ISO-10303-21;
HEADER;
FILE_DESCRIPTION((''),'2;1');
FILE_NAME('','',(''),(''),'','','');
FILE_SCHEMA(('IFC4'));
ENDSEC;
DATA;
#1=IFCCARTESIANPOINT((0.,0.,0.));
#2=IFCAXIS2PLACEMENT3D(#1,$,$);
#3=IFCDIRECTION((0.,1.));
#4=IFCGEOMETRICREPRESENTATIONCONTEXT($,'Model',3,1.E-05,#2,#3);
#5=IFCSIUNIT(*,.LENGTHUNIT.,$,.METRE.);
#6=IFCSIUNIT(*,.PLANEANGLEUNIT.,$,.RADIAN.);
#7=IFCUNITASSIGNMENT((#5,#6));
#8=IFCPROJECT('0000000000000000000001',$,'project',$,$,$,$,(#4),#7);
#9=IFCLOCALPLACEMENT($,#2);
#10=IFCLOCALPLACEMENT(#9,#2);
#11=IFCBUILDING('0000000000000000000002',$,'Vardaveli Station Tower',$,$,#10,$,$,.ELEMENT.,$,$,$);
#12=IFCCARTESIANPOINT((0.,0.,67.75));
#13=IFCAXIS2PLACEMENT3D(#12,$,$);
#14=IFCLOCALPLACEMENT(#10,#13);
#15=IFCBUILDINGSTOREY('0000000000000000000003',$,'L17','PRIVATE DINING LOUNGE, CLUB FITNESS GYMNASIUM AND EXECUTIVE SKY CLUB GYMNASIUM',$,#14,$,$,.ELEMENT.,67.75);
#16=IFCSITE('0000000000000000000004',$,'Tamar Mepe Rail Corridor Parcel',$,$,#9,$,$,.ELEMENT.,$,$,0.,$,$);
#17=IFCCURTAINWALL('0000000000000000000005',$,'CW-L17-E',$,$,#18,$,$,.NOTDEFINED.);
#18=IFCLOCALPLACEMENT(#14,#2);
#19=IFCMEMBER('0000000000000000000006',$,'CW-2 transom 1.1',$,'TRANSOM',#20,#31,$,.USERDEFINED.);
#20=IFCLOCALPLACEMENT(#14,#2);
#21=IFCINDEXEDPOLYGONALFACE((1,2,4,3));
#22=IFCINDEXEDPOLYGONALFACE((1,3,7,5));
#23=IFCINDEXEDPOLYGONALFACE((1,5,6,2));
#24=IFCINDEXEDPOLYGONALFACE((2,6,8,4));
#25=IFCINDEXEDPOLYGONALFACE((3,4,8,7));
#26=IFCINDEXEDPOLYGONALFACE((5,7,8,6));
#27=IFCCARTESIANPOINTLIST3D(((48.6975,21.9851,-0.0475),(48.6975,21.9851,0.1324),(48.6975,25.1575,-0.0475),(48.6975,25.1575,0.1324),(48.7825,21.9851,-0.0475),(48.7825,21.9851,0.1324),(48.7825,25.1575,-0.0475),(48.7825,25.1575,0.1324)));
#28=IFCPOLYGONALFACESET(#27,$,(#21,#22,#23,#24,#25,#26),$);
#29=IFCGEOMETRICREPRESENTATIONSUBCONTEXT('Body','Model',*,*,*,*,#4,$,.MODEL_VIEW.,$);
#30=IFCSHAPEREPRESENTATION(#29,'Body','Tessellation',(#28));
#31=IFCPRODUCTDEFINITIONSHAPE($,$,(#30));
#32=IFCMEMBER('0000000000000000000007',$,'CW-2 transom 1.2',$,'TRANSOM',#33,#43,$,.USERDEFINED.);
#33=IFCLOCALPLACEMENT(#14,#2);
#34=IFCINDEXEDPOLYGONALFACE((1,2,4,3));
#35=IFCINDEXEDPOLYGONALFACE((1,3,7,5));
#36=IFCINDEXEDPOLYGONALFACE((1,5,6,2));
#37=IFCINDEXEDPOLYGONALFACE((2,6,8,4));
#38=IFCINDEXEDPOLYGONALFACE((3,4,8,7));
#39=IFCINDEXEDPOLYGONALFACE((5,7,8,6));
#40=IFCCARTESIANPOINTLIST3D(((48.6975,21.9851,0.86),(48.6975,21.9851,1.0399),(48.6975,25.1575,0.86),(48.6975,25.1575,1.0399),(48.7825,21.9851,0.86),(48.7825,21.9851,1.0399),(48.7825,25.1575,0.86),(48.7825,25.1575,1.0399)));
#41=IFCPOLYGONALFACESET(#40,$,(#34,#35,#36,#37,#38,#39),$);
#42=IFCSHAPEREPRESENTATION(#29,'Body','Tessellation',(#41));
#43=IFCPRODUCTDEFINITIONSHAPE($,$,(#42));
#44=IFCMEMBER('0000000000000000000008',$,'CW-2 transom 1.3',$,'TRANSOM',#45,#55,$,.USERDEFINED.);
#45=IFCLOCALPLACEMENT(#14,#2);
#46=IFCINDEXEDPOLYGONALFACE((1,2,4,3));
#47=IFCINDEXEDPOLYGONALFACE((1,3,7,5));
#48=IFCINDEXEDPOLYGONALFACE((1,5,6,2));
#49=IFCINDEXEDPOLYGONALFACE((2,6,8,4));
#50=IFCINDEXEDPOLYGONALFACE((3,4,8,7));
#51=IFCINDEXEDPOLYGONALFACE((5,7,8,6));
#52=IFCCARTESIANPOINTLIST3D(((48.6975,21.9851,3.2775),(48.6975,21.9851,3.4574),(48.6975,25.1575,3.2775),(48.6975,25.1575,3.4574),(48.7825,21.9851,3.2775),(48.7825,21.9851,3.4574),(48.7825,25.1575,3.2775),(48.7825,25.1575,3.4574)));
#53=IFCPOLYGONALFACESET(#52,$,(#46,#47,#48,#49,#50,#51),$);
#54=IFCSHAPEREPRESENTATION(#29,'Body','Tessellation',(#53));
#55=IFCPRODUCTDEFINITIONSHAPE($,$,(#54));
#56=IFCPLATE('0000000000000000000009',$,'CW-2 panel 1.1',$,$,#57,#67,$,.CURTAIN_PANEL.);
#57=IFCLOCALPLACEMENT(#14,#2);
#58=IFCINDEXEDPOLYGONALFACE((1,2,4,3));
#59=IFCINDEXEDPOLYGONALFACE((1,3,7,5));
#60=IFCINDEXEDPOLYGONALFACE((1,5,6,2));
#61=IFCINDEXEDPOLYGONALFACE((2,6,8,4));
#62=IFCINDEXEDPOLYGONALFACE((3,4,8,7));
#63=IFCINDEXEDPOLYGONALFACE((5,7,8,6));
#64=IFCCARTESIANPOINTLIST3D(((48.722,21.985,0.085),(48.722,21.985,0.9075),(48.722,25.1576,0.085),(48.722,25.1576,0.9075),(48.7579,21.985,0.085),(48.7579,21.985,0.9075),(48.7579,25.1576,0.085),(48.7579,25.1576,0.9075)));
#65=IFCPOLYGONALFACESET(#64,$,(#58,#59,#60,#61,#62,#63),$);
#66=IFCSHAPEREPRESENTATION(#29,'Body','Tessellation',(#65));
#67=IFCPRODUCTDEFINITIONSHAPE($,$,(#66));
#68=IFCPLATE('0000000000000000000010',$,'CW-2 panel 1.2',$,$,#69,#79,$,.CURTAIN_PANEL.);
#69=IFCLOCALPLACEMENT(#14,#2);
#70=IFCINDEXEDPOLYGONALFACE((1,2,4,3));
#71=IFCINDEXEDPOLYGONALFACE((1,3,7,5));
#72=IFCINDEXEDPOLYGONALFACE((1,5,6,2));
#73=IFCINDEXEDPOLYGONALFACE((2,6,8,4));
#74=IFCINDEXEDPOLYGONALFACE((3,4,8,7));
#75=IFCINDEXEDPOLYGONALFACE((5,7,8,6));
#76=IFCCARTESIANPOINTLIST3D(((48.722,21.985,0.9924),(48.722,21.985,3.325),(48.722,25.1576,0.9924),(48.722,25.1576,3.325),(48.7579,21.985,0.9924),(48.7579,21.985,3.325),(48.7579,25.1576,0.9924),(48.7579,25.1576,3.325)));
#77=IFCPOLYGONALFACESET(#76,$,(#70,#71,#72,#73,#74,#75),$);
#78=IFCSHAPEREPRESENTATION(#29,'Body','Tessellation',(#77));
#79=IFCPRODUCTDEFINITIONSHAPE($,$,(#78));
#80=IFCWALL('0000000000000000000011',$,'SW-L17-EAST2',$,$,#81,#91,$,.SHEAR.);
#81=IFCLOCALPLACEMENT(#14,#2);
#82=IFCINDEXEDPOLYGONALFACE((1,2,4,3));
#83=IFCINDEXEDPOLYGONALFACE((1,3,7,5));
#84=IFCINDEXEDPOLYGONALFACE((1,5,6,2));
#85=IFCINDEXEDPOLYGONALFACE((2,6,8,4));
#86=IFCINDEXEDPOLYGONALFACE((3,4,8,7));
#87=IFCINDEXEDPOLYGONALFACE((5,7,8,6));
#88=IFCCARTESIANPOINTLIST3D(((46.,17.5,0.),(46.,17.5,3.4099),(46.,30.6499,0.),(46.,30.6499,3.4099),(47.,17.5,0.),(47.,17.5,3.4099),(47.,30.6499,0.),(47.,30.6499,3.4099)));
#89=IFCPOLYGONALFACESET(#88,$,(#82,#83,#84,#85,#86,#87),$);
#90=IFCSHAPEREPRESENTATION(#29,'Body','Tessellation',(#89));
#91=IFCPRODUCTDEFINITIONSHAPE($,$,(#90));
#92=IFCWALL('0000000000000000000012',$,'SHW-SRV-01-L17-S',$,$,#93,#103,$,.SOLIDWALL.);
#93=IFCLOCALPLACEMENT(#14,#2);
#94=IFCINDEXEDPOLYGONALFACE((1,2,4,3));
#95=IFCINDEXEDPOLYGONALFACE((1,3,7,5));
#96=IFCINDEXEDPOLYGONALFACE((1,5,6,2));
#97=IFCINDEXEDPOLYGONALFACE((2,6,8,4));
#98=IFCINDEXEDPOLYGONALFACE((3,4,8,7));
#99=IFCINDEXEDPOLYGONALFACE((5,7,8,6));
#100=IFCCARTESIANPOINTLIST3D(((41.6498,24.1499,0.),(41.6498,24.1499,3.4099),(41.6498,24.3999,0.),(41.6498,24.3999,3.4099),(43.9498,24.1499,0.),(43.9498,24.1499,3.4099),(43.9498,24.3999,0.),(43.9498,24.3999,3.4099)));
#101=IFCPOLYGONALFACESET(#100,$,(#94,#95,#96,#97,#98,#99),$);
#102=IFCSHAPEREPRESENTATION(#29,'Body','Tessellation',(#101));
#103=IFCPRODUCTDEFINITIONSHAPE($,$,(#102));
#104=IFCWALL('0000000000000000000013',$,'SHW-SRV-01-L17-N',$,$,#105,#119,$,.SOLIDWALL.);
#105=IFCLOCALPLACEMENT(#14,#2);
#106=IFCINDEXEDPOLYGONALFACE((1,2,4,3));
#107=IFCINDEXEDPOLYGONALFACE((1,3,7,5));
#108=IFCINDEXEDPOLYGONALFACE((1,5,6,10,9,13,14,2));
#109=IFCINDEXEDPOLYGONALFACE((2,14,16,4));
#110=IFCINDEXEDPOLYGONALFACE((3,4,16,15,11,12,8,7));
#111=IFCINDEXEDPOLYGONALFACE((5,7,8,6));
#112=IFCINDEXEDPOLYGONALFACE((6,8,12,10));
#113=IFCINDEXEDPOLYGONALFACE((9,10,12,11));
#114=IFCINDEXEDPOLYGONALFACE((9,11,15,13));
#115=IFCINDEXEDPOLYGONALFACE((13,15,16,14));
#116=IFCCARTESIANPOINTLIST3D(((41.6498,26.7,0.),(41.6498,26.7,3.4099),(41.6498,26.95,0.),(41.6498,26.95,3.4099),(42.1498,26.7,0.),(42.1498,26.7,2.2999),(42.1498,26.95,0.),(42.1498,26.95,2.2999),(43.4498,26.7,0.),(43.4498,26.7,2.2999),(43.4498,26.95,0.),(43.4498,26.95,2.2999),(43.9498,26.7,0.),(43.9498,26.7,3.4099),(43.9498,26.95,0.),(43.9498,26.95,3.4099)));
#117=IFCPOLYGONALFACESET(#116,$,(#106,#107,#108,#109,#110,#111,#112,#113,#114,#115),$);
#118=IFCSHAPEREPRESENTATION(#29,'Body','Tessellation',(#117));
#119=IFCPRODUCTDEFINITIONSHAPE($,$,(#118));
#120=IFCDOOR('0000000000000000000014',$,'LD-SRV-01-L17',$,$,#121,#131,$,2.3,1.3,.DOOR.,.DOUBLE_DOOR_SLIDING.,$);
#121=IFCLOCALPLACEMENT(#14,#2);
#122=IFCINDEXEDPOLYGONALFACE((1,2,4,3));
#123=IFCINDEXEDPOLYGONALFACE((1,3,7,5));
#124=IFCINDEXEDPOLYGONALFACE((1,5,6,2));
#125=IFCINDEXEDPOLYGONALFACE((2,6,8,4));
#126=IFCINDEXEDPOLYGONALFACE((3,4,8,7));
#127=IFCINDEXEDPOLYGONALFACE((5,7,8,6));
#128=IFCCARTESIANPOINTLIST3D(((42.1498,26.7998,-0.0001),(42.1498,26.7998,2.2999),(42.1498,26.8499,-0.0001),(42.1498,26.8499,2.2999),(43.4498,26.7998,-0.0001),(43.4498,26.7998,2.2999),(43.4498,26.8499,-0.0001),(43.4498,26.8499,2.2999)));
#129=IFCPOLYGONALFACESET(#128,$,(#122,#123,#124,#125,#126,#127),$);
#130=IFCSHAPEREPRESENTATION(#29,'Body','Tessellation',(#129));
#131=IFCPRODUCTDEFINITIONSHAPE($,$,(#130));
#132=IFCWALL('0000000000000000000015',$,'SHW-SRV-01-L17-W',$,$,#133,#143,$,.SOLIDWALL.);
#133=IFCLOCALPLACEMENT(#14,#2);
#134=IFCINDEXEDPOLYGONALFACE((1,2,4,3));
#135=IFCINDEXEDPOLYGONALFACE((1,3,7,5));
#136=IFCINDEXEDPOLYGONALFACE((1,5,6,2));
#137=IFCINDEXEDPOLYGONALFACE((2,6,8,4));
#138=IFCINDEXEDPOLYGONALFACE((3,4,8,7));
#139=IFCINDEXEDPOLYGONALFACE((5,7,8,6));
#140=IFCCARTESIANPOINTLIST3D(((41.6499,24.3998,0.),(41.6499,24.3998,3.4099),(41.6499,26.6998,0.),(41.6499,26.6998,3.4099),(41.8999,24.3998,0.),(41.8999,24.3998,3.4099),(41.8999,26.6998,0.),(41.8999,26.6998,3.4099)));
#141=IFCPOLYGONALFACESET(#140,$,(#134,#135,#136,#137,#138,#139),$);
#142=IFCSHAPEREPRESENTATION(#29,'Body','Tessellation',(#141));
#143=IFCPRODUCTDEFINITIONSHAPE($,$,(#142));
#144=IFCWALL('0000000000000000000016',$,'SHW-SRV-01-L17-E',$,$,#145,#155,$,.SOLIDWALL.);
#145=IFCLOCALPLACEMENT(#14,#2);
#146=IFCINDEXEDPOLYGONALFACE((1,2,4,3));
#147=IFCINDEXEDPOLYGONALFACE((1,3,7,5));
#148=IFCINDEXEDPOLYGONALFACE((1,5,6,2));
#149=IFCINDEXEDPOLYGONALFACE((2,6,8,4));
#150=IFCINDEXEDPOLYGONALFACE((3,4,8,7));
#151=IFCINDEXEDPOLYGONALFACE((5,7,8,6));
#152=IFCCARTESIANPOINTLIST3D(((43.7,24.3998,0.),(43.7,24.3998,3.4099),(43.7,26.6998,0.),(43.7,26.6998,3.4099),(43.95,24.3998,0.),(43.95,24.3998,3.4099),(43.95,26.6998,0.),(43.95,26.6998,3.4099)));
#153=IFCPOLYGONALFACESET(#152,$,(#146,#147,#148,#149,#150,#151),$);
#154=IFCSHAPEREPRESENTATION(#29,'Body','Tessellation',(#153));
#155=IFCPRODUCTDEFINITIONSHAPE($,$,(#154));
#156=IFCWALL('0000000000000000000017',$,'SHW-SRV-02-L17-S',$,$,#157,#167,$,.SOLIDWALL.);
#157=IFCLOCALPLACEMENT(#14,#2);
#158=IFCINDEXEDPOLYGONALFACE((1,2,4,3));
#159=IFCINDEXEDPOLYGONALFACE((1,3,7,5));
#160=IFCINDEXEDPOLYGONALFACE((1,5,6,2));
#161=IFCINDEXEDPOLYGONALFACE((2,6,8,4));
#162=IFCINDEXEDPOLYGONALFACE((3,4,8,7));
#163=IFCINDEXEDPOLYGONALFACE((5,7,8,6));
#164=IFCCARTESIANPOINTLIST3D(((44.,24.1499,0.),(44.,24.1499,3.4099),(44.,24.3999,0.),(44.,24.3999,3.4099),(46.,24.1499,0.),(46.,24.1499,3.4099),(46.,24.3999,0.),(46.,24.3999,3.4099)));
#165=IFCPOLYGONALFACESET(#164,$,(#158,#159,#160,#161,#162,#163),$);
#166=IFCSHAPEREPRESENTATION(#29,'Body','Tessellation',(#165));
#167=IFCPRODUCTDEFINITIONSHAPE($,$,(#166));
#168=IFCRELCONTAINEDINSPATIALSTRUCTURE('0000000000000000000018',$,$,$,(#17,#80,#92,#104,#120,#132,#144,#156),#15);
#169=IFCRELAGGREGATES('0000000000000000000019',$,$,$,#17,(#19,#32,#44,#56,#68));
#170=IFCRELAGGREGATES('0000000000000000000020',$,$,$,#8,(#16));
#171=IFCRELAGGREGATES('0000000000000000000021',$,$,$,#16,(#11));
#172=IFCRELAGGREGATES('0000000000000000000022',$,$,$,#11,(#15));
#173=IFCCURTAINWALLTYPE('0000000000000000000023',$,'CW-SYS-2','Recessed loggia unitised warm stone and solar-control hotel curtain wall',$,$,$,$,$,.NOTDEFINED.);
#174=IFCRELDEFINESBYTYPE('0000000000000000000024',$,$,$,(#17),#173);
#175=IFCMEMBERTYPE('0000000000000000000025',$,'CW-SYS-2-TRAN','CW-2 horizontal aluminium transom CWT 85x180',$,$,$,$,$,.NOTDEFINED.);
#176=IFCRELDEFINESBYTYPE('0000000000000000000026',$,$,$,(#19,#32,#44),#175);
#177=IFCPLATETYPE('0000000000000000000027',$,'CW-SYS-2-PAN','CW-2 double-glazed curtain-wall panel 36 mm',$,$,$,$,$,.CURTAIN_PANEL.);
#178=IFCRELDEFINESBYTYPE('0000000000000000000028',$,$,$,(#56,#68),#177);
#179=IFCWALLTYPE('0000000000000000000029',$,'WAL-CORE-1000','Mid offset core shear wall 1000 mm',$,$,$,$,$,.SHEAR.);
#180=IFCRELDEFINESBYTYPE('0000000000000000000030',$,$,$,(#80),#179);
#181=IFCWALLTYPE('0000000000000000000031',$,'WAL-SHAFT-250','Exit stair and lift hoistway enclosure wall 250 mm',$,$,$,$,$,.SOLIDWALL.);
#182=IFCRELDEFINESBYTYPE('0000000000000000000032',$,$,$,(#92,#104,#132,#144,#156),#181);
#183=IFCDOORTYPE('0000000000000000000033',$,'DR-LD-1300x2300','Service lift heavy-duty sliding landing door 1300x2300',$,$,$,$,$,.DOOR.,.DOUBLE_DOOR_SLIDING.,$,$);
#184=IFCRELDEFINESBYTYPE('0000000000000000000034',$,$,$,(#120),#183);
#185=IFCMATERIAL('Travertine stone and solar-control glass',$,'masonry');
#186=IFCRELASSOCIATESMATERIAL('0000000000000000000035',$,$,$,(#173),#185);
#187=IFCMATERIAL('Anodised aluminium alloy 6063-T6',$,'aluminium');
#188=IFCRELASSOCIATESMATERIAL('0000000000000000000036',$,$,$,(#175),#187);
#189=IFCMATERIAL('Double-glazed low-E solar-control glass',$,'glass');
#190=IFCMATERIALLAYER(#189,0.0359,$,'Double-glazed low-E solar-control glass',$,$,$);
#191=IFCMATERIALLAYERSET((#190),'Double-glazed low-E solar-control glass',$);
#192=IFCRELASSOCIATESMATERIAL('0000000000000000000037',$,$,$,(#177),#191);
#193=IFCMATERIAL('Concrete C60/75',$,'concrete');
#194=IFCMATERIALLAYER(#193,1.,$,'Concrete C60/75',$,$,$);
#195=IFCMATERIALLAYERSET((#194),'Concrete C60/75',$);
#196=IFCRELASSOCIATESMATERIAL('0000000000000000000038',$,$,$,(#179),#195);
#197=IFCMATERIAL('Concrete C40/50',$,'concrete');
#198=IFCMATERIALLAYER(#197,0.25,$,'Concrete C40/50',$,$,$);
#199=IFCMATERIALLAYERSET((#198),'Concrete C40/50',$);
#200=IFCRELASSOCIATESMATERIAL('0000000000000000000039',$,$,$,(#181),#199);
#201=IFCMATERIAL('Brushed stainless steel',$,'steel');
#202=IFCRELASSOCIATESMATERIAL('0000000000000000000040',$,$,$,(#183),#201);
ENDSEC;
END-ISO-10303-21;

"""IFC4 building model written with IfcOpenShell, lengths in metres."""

from ifc_helpers import new_model, si_unit, direction, frame, frame_2d, origin, origin_2d, place, context, subcontext, project, spatial, rectangle, extrude, source, transform, mapped, material, layer, layer_set, material_profile, profile_set, type_object, element, fill, aggregate, save


model = new_model("IFC4")

# Units and contexts
model_context = context("Model", 3, precision=1e-05, world=origin(), true_north=direction((0.0, 1.0)))
body_context = subcontext(model_context, "Body", "Model", "MODEL_VIEW")
ifc_project = project(units=[si_unit("LENGTHUNIT", "METRE"), si_unit("PLANEANGLEUNIT", "RADIAN")], contexts=[model_context])

# Site, building, storey
site_placement = place(None, origin())
site = spatial("IfcSite", under=ifc_project, at=site_placement, Name="Tamar Mepe Rail Corridor Parcel", CompositionType="ELEMENT", RefElevation=0.0)
building_placement = place(site_placement, origin())
building = spatial("IfcBuilding", under=site, at=building_placement, Name="Vardaveli Station Tower", CompositionType="ELEMENT")
storey_placement = place(building_placement, frame((0.0, 0.0, 67.75)))
storey = spatial("IfcBuildingStorey", under=building, at=storey_placement, Name="L17", Description="PRIVATE DINING LOUNGE, CLUB FITNESS GYMNASIUM AND EXECUTIVE SKY CLUB GYMNASIUM", CompositionType="ELEMENT", Elevation=67.75)

# Curtain wall, members, plates
ifc_material_1 = material(Name="Travertine stone and solar-control glass", Category="masonry")
curtain_wall_type = type_object("IfcCurtainWallType", Name="CW-SYS-2", Description="Recessed loggia unitised warm stone and solar-control hotel curtain wall", PredefinedType="NOTDEFINED", material=ifc_material_1)
curtain_wall_placement = place(storey_placement, origin())
curtain_wall = element("IfcCurtainWall", 1, at=curtain_wall_placement, inside=storey, type_object=curtain_wall_type, Name="CW-L17-E", PredefinedType="NOTDEFINED")
ifc_material_2 = material(Name="Anodised aluminium alloy 6063-T6", Category="aluminium")
ifc_material_profile_1 = material_profile(ifc_material_2, rectangle(XDim=0.085, YDim=0.1799, at=origin_2d()), Name="CWT 85x180")
ifc_profile_set_1 = profile_set([ifc_material_profile_1], Name="Anodised aluminium alloy 6063-T6")
member_type_1 = type_object("IfcMemberType", Name="CW-SYS-2-TRAN", Description="CW-2 horizontal aluminium transom CWT 85x180", PredefinedType="NOTDEFINED", material=ifc_profile_set_1)
shared_shape_1 = source(origin(), body_context, "Body", "SweptSolid", [
    extrude(rectangle(XDim=0.085, YDim=0.1799, at=origin_2d()), origin(), (0.0, 0.0, 1.0), 3.1724),
])
member_1_placement = place(storey_placement, frame((48.74, 21.9851, 0.0425), z_axis=(0.0, 1.0, 0.0), x_axis=(-1.0, 0.0, 0.0)))
member_1 = element("IfcMember", 2, at=member_1_placement, type_object=member_type_1, Name="CW-2 transom 1.1", ObjectType="TRANSOM", PredefinedType="USERDEFINED", context=body_context, shape_type="MappedRepresentation", body=[
    mapped(shared_shape_1, transform((0.0, 0.0, 0.0), scale=1.0)),
])
member_2_placement = place(storey_placement, frame((48.74, 21.9851, 0.95), z_axis=(0.0, 1.0, 0.0), x_axis=(-1.0, 0.0, 0.0)))
member_2 = element("IfcMember", 3, at=member_2_placement, type_object=member_type_1, Name="CW-2 transom 1.2", ObjectType="TRANSOM", PredefinedType="USERDEFINED", context=body_context, shape_type="MappedRepresentation", body=[
    mapped(shared_shape_1, transform((0.0, 0.0, 0.0), scale=1.0)),
])
member_3_placement = place(storey_placement, frame((48.74, 21.9851, 3.3674), z_axis=(0.0, 1.0, 0.0), x_axis=(-1.0, 0.0, 0.0)))
member_3 = element("IfcMember", 4, at=member_3_placement, type_object=member_type_1, Name="CW-2 transom 1.3", ObjectType="TRANSOM", PredefinedType="USERDEFINED", context=body_context, shape_type="MappedRepresentation", body=[
    mapped(shared_shape_1, transform((0.0, 0.0, 0.0), scale=1.0)),
])
ifc_material_3 = material(Name="Double-glazed low-E solar-control glass", Category="glass")
ifc_layer_1 = layer(ifc_material_3, 0.0359, Name="Double-glazed low-E solar-control glass")
ifc_layer_set_1 = layer_set([ifc_layer_1], Name="Double-glazed low-E solar-control glass")
plate_type = type_object("IfcPlateType", Name="CW-SYS-2-PAN", Description="CW-2 double-glazed curtain-wall panel 36 mm", PredefinedType="CURTAIN_PANEL", material=ifc_layer_set_1)
shared_shape_2 = source(origin(), body_context, "Body", "SweptSolid", [
    extrude(rectangle(XDim=3.1726, YDim=0.0359, at=origin_2d()), origin(), (0.0, 0.0, 1.0), 0.8225),
])
plate_1_placement = place(storey_placement, frame((48.74, 23.5713, 0.085), z_axis=(0.0, 0.0, 1.0), x_axis=(0.0, 1.0, 0.0)))
plate_1 = element("IfcPlate", 5, at=plate_1_placement, type_object=plate_type, Name="CW-2 panel 1.1", PredefinedType="CURTAIN_PANEL", context=body_context, shape_type="MappedRepresentation", body=[
    mapped(shared_shape_2, transform((0.0, 0.0, 0.0), scale=1.0)),
])
shared_shape_3 = source(origin(), body_context, "Body", "SweptSolid", [
    extrude(rectangle(XDim=3.1726, YDim=0.0359, at=origin_2d()), origin(), (0.0, 0.0, 1.0), 2.3325),
])
plate_2_placement = place(storey_placement, frame((48.74, 23.5713, 0.9924), z_axis=(0.0, 0.0, 1.0), x_axis=(0.0, 1.0, 0.0)))
plate_2 = element("IfcPlate", 6, at=plate_2_placement, type_object=plate_type, Name="CW-2 panel 1.2", PredefinedType="CURTAIN_PANEL", context=body_context, shape_type="MappedRepresentation", body=[
    mapped(shared_shape_3, transform((0.0, 0.0, 0.0), scale=1.0)),
])
aggregate(curtain_wall, [member_1, member_2, member_3, plate_1, plate_2])

# Walls
ifc_material_4 = material(Name="Concrete C60/75", Category="concrete")
ifc_layer_2 = layer(ifc_material_4, 1.0, Name="Concrete C60/75")
ifc_layer_set_2 = layer_set([ifc_layer_2], Name="Concrete C60/75")
wall_type_1 = type_object("IfcWallType", Name="WAL-CORE-1000", Description="Mid offset core shear wall 1000 mm", PredefinedType="SHEAR", material=ifc_layer_set_2)
shared_shape_4 = source(origin(), body_context, "Body", "SweptSolid", [
    extrude(rectangle(XDim=13.1499, YDim=1.0, at=frame_2d((6.575, 0.0))), origin(), (0.0, 0.0, 1.0), 3.4099),
])
wall_1_placement = place(storey_placement, frame((46.5, 17.5, 0.0), z_axis=(0.0, 0.0, 1.0), x_axis=(0.0, 1.0, 0.0)))
element("IfcWall", 7, at=wall_1_placement, inside=storey, type_object=wall_type_1, Name="SW-L17-EAST2", PredefinedType="SHEAR", context=body_context, shape_type="MappedRepresentation", body=[
    mapped(shared_shape_4, transform((0.0, 0.0, 0.0), scale=1.0)),
])
ifc_material_5 = material(Name="Concrete C40/50", Category="concrete")
ifc_layer_3 = layer(ifc_material_5, 0.25, Name="Concrete C40/50")
ifc_layer_set_3 = layer_set([ifc_layer_3], Name="Concrete C40/50")
wall_type_2 = type_object("IfcWallType", Name="WAL-SHAFT-250", Description="Exit stair and lift hoistway enclosure wall 250 mm", PredefinedType="SOLIDWALL", material=ifc_layer_set_3)
shared_shape_5 = source(origin(), body_context, "Body", "SweptSolid", [
    extrude(rectangle(XDim=2.3, YDim=0.25, at=frame_2d((1.1499, 0.0))), origin(), (0.0, 0.0, 1.0), 3.4099),
])
wall_2_placement = place(storey_placement, frame((41.6499, 24.2749, 0.0), z_axis=(0.0, 0.0, 1.0), x_axis=(1.0, 0.0, 0.0)))
element("IfcWall", 8, at=wall_2_placement, inside=storey, type_object=wall_type_2, Name="SHW-SRV-01-L17-S", PredefinedType="SOLIDWALL", context=body_context, shape_type="MappedRepresentation", body=[
    mapped(shared_shape_5, transform((0.0, 0.0, 0.0), scale=1.0)),
])

# Wall, opening, door
wall_3_placement = place(storey_placement, frame((41.6499, 26.825, 0.0), z_axis=(0.0, 0.0, 1.0), x_axis=(1.0, 0.0, 0.0)))
wall_3 = element("IfcWall", 9, at=wall_3_placement, inside=storey, type_object=wall_type_2, Name="SHW-SRV-01-L17-N", PredefinedType="SOLIDWALL", context=body_context, shape_type="MappedRepresentation", body=[
    mapped(shared_shape_5, transform((0.0, 0.0, 0.0), scale=1.0)),
])
shared_shape_6 = source(origin(), body_context, "Body", "SweptSolid", [
    extrude(rectangle(XDim=1.3, YDim=2.3, at=frame_2d((0.6499, 1.1499))), frame((0.0, 0.135, 0.0), z_axis=(0.0, -1.0, 0.0), x_axis=(1.0, 0.0, 0.0)), (0.0, 0.0, 1.0), 0.27),
])
opening_1_placement = place(wall_3_placement, frame((0.5, 0.0, 0.0)))
opening_1 = element("IfcOpeningElement", 10, at=opening_1_placement, cuts=wall_3, PredefinedType="OPENING", context=body_context, shape_type="MappedRepresentation", body=[
    mapped(shared_shape_6, transform((0.0, 0.0, 0.0), scale=1.0)),
])
ifc_material_6 = material(Name="Brushed stainless steel", Category="steel")
door_type = type_object("IfcDoorType", Name="DR-LD-1300x2300", Description="Service lift heavy-duty sliding landing door 1300x2300", OperationType="DOUBLE_DOOR_SLIDING", PredefinedType="DOOR", material=ifc_material_6)
shared_shape_7 = source(origin(), body_context, "Body", "SweptSolid", [
    extrude(rectangle(XDim=1.3, YDim=2.3, at=frame_2d((0.6499, 1.1499))), frame((0.0, 0.0249, 0.0), z_axis=(0.0, -1.0, 0.0), x_axis=(1.0, 0.0, 0.0)), (0.0, 0.0, 1.0), 0.05),
])
door_1_placement = place(opening_1_placement, origin())
door_1 = element("IfcDoor", 11, at=door_1_placement, inside=storey, type_object=door_type, Name="LD-SRV-01-L17", OperationType="DOUBLE_DOOR_SLIDING", OverallHeight=2.3, OverallWidth=1.3, PredefinedType="DOOR", context=body_context, shape_type="MappedRepresentation", body=[
    mapped(shared_shape_7, transform((0.0, 0.0, 0.0), scale=1.0)),
])
fill(opening_1, door_1)

# Walls
for number, where, z_axis, x_axis, name in (
    (12, (41.7749, 24.3999, 0.0), (0.0, 0.0, 1.0), (0.0, 1.0, 0.0), "SHW-SRV-01-L17-W"),
    (13, (43.825, 24.3999, 0.0), (0.0, 0.0, 1.0), (0.0, 1.0, 0.0), "SHW-SRV-01-L17-E"),
):
    element("IfcWall", number, at=place(storey_placement, frame(where, z_axis=z_axis, x_axis=x_axis)), inside=storey, type_object=wall_type_2, Name=name, PredefinedType="SOLIDWALL", context=body_context, shape_type="MappedRepresentation", body=[
        mapped(shared_shape_5, transform((0.0, 0.0, 0.0), scale=1.0)),
    ])
shared_shape_8 = source(origin(), body_context, "Body", "SweptSolid", [
    extrude(rectangle(XDim=2.0, YDim=0.25, at=frame_2d((1.0, 0.0))), origin(), (0.0, 0.0, 1.0), 3.4099),
])
wall_4_placement = place(storey_placement, frame((44.0, 24.2749, 0.0), z_axis=(0.0, 0.0, 1.0), x_axis=(1.0, 0.0, 0.0)))
element("IfcWall", 14, at=wall_4_placement, inside=storey, type_object=wall_type_2, Name="SHW-SRV-02-L17-S", PredefinedType="SOLIDWALL", context=body_context, shape_type="MappedRepresentation", body=[
    mapped(shared_shape_8, transform((0.0, 0.0, 0.0), scale=1.0)),
])

save(model, "model.ifc")
